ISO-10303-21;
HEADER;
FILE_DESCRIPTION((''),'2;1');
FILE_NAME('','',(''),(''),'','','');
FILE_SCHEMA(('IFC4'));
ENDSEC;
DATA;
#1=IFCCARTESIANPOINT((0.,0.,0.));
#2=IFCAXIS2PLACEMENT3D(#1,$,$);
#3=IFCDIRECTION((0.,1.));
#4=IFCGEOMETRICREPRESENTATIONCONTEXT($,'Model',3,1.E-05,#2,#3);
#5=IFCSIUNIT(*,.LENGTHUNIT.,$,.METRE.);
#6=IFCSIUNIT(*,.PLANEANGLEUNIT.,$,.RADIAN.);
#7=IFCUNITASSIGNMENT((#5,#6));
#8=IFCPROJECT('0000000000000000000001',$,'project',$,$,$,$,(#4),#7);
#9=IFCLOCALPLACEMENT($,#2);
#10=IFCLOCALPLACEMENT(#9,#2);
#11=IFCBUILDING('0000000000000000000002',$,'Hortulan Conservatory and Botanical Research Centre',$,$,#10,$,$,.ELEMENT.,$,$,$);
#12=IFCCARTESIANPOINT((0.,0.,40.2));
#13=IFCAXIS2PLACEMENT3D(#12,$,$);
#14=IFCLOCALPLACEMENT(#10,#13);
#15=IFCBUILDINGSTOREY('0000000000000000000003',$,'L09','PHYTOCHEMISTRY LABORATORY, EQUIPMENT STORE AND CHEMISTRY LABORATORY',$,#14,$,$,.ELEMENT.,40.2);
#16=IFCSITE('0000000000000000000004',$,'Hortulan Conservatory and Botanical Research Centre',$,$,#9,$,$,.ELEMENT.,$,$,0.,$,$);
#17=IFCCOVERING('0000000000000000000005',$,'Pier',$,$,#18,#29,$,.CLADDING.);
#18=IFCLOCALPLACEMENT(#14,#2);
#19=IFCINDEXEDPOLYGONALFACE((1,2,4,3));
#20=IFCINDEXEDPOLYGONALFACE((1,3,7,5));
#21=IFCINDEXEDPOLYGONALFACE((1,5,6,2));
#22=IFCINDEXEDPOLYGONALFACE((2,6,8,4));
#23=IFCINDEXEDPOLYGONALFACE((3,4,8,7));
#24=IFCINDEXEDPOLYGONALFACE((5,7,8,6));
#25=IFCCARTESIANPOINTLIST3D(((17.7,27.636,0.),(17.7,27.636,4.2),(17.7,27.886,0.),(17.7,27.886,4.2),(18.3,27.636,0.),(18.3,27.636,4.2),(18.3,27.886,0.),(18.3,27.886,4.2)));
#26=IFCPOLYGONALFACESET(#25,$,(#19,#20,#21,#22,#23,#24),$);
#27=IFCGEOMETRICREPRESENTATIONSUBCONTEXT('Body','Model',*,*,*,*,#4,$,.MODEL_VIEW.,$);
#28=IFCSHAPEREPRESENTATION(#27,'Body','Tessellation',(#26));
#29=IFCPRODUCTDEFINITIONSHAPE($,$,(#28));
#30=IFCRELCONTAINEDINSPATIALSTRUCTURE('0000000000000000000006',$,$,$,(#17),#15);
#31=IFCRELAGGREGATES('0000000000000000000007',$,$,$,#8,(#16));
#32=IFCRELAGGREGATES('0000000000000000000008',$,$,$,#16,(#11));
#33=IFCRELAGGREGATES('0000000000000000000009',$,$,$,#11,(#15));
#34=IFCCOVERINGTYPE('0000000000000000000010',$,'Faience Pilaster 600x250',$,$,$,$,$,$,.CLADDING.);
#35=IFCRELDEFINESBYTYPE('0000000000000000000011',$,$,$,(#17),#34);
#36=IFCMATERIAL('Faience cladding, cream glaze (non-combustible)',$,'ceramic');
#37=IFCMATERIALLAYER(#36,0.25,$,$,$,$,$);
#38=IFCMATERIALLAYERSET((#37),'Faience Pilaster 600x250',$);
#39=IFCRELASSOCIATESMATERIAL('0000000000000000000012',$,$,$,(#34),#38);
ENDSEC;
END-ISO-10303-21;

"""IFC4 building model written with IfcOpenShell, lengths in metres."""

from ifc_helpers import new_model, si_unit, direction, frame, origin, origin_2d, place, context, subcontext, project, spatial, rectangle, extrude, material, layer, layer_set, type_object, element, save


model = new_model("IFC4")

# Units and contexts
model_context = context("Model", 3, precision=1e-05, world=origin(), true_north=direction((0.0, 1.0)))
body_context = subcontext(model_context, "Body", "Model", "MODEL_VIEW")
ifc_project = project(units=[si_unit("LENGTHUNIT", "METRE"), si_unit("PLANEANGLEUNIT", "RADIAN")], contexts=[model_context])

# Site, building, storey
site_placement = place(None, origin())
site = spatial("IfcSite", under=ifc_project, at=site_placement, Name="Hortulan Conservatory and Botanical Research Centre", CompositionType="ELEMENT", RefElevation=0.0)
building_placement = place(site_placement, origin())
building = spatial("IfcBuilding", under=site, at=building_placement, Name="Hortulan Conservatory and Botanical Research Centre", CompositionType="ELEMENT")
storey_placement = place(building_placement, frame((0.0, 0.0, 40.2)))
storey = spatial("IfcBuildingStorey", under=building, at=storey_placement, Name="L09", Description="PHYTOCHEMISTRY LABORATORY, EQUIPMENT STORE AND CHEMISTRY LABORATORY", CompositionType="ELEMENT", Elevation=40.2)

# Covering
ifc_material_1 = material(Name="Faience cladding, cream glaze (non-combustible)", Category="ceramic")
ifc_layer_1 = layer(ifc_material_1, 0.25)
ifc_layer_set_1 = layer_set([ifc_layer_1], Name="Faience Pilaster 600x250")
covering_type = type_object("IfcCoveringType", Name="Faience Pilaster 600x250", PredefinedType="CLADDING", material=ifc_layer_set_1)
covering_placement = place(storey_placement, frame((18.0, 27.761, 0.0), z_axis=(0.0, 0.0, 1.0), x_axis=(1.0, 0.0, 0.0)))
element("IfcCovering", 1, at=covering_placement, inside=storey, type_object=covering_type, Name="Pier", PredefinedType="CLADDING", context=body_context, shape_type="SweptSolid", body=[
    extrude(rectangle(XDim=0.6001, YDim=0.25, at=origin_2d()), origin(), (0.0, 0.0, 1.0), 4.2),
])

save(model, "model.ifc")
